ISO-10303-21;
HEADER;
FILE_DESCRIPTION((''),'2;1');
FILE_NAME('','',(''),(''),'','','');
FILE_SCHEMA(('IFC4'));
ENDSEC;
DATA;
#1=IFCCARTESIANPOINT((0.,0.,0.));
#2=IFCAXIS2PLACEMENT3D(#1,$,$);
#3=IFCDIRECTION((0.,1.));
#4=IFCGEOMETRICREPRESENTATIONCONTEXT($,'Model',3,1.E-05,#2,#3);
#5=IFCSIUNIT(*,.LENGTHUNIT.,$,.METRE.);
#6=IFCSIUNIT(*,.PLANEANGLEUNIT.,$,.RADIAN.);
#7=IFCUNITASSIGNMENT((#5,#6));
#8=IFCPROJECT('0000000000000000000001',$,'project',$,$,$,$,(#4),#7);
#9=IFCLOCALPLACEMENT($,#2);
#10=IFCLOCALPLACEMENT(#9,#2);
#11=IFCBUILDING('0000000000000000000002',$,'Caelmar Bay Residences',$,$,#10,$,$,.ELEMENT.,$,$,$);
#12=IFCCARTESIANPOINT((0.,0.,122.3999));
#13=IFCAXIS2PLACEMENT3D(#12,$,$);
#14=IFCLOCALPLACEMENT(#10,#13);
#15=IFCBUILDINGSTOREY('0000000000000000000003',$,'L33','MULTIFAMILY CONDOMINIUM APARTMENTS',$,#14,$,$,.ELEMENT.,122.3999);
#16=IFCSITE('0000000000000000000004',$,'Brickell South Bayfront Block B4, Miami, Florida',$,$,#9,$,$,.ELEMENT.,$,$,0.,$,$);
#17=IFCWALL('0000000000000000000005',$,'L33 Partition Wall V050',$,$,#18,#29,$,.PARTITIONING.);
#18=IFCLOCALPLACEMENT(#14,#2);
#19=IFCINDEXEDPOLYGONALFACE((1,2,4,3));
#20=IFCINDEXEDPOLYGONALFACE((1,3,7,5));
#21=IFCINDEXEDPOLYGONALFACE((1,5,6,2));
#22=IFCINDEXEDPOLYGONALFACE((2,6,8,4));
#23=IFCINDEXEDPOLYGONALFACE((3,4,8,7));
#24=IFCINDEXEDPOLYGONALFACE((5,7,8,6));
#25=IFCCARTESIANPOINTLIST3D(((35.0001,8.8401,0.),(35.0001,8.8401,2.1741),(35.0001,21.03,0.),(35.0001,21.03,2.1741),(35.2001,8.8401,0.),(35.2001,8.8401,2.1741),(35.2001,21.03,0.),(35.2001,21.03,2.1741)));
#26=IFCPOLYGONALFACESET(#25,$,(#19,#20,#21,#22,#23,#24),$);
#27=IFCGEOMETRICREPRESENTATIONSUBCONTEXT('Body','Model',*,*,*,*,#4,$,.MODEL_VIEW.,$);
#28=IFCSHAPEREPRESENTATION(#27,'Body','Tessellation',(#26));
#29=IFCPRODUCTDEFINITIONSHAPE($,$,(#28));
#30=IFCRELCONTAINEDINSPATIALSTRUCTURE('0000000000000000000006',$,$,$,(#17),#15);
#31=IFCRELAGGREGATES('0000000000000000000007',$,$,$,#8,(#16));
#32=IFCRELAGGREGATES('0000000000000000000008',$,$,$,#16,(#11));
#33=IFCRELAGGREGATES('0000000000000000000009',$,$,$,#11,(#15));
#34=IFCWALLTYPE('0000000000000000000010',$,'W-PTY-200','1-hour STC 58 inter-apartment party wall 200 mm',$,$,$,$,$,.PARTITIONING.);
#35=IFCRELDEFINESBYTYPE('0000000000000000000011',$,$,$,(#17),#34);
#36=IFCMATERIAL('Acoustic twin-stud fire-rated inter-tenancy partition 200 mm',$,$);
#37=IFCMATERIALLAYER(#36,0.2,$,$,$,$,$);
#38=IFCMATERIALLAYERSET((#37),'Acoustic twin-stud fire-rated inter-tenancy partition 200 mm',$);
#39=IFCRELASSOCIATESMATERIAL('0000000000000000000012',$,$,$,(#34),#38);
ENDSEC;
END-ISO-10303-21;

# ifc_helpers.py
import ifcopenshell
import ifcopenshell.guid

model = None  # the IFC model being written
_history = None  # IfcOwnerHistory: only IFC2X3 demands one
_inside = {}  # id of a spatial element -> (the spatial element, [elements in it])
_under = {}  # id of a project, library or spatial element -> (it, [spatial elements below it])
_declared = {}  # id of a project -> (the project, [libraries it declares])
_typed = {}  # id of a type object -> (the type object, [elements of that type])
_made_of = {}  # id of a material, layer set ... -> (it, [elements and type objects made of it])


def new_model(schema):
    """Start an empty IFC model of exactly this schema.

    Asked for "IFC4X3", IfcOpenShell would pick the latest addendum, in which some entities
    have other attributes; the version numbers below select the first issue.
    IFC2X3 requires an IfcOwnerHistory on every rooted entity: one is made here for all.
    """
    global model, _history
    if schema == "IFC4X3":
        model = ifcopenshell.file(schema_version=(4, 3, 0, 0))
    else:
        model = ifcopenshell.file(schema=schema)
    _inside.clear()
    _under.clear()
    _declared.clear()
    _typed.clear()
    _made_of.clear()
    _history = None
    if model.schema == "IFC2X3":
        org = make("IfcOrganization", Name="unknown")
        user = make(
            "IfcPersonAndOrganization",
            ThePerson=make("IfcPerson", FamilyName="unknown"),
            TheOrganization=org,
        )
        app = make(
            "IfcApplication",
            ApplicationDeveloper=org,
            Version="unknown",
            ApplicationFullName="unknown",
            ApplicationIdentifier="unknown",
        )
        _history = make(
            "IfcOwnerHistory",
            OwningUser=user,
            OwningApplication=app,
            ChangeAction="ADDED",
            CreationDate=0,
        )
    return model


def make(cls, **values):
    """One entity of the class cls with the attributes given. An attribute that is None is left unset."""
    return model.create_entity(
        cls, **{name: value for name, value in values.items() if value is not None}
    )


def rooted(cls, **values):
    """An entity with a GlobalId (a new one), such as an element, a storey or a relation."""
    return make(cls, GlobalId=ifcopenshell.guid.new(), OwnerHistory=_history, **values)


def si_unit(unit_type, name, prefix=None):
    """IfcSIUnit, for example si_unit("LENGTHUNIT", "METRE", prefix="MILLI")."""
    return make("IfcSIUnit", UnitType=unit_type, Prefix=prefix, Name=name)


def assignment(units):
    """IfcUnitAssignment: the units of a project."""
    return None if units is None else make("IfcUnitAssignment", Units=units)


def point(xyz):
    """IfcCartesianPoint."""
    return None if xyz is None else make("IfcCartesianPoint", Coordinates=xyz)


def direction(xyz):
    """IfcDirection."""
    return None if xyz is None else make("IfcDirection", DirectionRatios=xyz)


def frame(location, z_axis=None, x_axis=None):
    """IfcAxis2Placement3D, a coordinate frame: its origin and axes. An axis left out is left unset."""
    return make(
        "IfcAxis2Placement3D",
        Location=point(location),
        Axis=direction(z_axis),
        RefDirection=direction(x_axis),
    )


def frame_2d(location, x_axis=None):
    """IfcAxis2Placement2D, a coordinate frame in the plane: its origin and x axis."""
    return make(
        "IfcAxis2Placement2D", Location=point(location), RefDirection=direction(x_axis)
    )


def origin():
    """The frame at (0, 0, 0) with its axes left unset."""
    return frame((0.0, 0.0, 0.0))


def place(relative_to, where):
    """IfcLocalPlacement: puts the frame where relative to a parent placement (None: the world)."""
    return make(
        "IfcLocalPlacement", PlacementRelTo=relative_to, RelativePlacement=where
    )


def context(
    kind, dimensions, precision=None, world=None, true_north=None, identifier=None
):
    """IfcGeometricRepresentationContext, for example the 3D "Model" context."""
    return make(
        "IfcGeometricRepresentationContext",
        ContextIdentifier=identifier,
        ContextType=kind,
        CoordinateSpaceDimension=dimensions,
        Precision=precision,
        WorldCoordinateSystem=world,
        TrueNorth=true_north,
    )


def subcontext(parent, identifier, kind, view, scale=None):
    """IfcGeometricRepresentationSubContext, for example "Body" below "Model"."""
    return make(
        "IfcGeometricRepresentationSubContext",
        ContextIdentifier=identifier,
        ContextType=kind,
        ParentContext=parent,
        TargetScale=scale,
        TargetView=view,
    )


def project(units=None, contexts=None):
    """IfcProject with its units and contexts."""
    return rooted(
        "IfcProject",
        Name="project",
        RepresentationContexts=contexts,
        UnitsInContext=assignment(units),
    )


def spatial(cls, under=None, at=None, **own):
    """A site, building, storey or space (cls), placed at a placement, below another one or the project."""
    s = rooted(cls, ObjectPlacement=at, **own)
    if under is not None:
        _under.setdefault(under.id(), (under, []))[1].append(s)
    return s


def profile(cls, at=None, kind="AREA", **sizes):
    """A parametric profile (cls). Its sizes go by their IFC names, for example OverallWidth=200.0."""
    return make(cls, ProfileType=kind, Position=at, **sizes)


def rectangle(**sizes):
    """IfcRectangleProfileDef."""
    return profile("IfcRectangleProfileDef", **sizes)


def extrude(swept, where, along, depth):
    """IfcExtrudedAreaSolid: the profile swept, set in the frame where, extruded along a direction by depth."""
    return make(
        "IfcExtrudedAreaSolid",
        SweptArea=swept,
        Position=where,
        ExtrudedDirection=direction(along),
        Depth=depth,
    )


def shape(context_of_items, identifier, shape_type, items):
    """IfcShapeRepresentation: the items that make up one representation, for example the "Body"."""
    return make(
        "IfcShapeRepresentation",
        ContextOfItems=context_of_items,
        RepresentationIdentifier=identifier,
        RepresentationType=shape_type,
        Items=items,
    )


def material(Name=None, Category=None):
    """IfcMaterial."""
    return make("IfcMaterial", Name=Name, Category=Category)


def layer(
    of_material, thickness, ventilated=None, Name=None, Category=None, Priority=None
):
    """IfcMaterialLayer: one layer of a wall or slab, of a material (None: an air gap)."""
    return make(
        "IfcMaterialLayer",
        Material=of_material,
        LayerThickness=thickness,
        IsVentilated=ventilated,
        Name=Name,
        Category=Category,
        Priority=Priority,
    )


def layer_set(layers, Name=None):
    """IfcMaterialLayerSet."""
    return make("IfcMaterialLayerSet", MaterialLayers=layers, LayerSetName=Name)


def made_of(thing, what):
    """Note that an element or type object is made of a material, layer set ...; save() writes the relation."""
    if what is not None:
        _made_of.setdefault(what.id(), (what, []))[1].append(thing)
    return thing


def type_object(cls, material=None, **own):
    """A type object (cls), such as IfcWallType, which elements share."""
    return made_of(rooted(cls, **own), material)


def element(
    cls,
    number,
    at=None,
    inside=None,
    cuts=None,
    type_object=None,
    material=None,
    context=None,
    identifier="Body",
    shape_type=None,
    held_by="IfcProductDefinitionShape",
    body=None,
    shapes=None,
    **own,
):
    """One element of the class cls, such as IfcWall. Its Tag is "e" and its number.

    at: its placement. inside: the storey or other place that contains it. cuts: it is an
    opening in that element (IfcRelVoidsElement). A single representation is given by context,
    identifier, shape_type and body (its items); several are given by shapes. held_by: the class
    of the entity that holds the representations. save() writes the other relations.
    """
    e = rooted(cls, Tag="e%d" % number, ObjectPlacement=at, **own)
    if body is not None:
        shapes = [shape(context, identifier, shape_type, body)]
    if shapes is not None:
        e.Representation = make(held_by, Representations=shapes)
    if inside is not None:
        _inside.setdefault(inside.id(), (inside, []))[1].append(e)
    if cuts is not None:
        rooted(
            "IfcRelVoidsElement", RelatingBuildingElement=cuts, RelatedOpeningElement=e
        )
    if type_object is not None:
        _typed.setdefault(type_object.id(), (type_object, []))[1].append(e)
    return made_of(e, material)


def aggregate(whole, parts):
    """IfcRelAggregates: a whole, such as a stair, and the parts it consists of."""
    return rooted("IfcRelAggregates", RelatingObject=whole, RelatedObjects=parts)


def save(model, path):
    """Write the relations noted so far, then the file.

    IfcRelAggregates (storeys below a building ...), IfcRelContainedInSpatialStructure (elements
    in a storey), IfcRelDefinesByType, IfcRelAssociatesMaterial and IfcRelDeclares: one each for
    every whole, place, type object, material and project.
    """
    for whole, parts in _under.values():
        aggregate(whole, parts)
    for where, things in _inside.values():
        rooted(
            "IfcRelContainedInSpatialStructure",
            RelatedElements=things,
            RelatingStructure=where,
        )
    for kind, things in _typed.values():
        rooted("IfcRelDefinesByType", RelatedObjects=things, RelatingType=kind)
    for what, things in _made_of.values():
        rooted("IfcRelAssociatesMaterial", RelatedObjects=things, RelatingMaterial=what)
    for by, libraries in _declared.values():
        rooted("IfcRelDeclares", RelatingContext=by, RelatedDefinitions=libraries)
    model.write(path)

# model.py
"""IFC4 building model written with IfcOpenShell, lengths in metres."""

from ifc_helpers import new_model, si_unit, direction, frame, frame_2d, origin, place, context, subcontext, project, spatial, rectangle, extrude, material, layer, layer_set, type_object, element, save


model = new_model("IFC4")

# Units and contexts
model_context = context("Model", 3, precision=1e-05, world=origin(), true_north=direction((0.0, 1.0)))
body_context = subcontext(model_context, "Body", "Model", "MODEL_VIEW")
ifc_project = project(units=[si_unit("LENGTHUNIT", "METRE"), si_unit("PLANEANGLEUNIT", "RADIAN")], contexts=[model_context])

# Site, building, storey
site_placement = place(None, origin())
site = spatial("IfcSite", under=ifc_project, at=site_placement, Name="Brickell South Bayfront Block B4, Miami, Florida", CompositionType="ELEMENT", RefElevation=0.0)
building_placement = place(site_placement, origin())
building = spatial("IfcBuilding", under=site, at=building_placement, Name="Caelmar Bay Residences", CompositionType="ELEMENT")
storey_placement = place(building_placement, frame((0.0, 0.0, 122.3999)))
storey = spatial("IfcBuildingStorey", under=building, at=storey_placement, Name="L33", Description="MULTIFAMILY CONDOMINIUM APARTMENTS", CompositionType="ELEMENT", Elevation=122.3999)

# Wall
ifc_material_1 = material(Name="Acoustic twin-stud fire-rated inter-tenancy partition 200 mm")
ifc_layer_1 = layer(ifc_material_1, 0.2)
ifc_layer_set_1 = layer_set([ifc_layer_1], Name="Acoustic twin-stud fire-rated inter-tenancy partition 200 mm")
wall_type_1 = type_object("IfcWallType", Name="W-PTY-200", Description="1-hour STC 58 inter-apartment party wall 200 mm", PredefinedType="PARTITIONING", material=ifc_layer_set_1)
wall_1_placement = place(storey_placement, frame((35.1001, 8.8401, 0.0), z_axis=(0.0, 0.0, 1.0), x_axis=(0.0, 1.0, 0.0)))
element("IfcWall", 1, at=wall_1_placement, inside=storey, type_object=wall_type_1, Name="L33 Partition Wall V050", PredefinedType="PARTITIONING", context=body_context, shape_type="SweptSolid", body=[
    extrude(rectangle(XDim=12.1899, YDim=0.2, at=frame_2d((6.095, 0.0))), origin(), (0.0, 0.0, 1.0), 2.1741),
])

save(model, "model.ifc")
